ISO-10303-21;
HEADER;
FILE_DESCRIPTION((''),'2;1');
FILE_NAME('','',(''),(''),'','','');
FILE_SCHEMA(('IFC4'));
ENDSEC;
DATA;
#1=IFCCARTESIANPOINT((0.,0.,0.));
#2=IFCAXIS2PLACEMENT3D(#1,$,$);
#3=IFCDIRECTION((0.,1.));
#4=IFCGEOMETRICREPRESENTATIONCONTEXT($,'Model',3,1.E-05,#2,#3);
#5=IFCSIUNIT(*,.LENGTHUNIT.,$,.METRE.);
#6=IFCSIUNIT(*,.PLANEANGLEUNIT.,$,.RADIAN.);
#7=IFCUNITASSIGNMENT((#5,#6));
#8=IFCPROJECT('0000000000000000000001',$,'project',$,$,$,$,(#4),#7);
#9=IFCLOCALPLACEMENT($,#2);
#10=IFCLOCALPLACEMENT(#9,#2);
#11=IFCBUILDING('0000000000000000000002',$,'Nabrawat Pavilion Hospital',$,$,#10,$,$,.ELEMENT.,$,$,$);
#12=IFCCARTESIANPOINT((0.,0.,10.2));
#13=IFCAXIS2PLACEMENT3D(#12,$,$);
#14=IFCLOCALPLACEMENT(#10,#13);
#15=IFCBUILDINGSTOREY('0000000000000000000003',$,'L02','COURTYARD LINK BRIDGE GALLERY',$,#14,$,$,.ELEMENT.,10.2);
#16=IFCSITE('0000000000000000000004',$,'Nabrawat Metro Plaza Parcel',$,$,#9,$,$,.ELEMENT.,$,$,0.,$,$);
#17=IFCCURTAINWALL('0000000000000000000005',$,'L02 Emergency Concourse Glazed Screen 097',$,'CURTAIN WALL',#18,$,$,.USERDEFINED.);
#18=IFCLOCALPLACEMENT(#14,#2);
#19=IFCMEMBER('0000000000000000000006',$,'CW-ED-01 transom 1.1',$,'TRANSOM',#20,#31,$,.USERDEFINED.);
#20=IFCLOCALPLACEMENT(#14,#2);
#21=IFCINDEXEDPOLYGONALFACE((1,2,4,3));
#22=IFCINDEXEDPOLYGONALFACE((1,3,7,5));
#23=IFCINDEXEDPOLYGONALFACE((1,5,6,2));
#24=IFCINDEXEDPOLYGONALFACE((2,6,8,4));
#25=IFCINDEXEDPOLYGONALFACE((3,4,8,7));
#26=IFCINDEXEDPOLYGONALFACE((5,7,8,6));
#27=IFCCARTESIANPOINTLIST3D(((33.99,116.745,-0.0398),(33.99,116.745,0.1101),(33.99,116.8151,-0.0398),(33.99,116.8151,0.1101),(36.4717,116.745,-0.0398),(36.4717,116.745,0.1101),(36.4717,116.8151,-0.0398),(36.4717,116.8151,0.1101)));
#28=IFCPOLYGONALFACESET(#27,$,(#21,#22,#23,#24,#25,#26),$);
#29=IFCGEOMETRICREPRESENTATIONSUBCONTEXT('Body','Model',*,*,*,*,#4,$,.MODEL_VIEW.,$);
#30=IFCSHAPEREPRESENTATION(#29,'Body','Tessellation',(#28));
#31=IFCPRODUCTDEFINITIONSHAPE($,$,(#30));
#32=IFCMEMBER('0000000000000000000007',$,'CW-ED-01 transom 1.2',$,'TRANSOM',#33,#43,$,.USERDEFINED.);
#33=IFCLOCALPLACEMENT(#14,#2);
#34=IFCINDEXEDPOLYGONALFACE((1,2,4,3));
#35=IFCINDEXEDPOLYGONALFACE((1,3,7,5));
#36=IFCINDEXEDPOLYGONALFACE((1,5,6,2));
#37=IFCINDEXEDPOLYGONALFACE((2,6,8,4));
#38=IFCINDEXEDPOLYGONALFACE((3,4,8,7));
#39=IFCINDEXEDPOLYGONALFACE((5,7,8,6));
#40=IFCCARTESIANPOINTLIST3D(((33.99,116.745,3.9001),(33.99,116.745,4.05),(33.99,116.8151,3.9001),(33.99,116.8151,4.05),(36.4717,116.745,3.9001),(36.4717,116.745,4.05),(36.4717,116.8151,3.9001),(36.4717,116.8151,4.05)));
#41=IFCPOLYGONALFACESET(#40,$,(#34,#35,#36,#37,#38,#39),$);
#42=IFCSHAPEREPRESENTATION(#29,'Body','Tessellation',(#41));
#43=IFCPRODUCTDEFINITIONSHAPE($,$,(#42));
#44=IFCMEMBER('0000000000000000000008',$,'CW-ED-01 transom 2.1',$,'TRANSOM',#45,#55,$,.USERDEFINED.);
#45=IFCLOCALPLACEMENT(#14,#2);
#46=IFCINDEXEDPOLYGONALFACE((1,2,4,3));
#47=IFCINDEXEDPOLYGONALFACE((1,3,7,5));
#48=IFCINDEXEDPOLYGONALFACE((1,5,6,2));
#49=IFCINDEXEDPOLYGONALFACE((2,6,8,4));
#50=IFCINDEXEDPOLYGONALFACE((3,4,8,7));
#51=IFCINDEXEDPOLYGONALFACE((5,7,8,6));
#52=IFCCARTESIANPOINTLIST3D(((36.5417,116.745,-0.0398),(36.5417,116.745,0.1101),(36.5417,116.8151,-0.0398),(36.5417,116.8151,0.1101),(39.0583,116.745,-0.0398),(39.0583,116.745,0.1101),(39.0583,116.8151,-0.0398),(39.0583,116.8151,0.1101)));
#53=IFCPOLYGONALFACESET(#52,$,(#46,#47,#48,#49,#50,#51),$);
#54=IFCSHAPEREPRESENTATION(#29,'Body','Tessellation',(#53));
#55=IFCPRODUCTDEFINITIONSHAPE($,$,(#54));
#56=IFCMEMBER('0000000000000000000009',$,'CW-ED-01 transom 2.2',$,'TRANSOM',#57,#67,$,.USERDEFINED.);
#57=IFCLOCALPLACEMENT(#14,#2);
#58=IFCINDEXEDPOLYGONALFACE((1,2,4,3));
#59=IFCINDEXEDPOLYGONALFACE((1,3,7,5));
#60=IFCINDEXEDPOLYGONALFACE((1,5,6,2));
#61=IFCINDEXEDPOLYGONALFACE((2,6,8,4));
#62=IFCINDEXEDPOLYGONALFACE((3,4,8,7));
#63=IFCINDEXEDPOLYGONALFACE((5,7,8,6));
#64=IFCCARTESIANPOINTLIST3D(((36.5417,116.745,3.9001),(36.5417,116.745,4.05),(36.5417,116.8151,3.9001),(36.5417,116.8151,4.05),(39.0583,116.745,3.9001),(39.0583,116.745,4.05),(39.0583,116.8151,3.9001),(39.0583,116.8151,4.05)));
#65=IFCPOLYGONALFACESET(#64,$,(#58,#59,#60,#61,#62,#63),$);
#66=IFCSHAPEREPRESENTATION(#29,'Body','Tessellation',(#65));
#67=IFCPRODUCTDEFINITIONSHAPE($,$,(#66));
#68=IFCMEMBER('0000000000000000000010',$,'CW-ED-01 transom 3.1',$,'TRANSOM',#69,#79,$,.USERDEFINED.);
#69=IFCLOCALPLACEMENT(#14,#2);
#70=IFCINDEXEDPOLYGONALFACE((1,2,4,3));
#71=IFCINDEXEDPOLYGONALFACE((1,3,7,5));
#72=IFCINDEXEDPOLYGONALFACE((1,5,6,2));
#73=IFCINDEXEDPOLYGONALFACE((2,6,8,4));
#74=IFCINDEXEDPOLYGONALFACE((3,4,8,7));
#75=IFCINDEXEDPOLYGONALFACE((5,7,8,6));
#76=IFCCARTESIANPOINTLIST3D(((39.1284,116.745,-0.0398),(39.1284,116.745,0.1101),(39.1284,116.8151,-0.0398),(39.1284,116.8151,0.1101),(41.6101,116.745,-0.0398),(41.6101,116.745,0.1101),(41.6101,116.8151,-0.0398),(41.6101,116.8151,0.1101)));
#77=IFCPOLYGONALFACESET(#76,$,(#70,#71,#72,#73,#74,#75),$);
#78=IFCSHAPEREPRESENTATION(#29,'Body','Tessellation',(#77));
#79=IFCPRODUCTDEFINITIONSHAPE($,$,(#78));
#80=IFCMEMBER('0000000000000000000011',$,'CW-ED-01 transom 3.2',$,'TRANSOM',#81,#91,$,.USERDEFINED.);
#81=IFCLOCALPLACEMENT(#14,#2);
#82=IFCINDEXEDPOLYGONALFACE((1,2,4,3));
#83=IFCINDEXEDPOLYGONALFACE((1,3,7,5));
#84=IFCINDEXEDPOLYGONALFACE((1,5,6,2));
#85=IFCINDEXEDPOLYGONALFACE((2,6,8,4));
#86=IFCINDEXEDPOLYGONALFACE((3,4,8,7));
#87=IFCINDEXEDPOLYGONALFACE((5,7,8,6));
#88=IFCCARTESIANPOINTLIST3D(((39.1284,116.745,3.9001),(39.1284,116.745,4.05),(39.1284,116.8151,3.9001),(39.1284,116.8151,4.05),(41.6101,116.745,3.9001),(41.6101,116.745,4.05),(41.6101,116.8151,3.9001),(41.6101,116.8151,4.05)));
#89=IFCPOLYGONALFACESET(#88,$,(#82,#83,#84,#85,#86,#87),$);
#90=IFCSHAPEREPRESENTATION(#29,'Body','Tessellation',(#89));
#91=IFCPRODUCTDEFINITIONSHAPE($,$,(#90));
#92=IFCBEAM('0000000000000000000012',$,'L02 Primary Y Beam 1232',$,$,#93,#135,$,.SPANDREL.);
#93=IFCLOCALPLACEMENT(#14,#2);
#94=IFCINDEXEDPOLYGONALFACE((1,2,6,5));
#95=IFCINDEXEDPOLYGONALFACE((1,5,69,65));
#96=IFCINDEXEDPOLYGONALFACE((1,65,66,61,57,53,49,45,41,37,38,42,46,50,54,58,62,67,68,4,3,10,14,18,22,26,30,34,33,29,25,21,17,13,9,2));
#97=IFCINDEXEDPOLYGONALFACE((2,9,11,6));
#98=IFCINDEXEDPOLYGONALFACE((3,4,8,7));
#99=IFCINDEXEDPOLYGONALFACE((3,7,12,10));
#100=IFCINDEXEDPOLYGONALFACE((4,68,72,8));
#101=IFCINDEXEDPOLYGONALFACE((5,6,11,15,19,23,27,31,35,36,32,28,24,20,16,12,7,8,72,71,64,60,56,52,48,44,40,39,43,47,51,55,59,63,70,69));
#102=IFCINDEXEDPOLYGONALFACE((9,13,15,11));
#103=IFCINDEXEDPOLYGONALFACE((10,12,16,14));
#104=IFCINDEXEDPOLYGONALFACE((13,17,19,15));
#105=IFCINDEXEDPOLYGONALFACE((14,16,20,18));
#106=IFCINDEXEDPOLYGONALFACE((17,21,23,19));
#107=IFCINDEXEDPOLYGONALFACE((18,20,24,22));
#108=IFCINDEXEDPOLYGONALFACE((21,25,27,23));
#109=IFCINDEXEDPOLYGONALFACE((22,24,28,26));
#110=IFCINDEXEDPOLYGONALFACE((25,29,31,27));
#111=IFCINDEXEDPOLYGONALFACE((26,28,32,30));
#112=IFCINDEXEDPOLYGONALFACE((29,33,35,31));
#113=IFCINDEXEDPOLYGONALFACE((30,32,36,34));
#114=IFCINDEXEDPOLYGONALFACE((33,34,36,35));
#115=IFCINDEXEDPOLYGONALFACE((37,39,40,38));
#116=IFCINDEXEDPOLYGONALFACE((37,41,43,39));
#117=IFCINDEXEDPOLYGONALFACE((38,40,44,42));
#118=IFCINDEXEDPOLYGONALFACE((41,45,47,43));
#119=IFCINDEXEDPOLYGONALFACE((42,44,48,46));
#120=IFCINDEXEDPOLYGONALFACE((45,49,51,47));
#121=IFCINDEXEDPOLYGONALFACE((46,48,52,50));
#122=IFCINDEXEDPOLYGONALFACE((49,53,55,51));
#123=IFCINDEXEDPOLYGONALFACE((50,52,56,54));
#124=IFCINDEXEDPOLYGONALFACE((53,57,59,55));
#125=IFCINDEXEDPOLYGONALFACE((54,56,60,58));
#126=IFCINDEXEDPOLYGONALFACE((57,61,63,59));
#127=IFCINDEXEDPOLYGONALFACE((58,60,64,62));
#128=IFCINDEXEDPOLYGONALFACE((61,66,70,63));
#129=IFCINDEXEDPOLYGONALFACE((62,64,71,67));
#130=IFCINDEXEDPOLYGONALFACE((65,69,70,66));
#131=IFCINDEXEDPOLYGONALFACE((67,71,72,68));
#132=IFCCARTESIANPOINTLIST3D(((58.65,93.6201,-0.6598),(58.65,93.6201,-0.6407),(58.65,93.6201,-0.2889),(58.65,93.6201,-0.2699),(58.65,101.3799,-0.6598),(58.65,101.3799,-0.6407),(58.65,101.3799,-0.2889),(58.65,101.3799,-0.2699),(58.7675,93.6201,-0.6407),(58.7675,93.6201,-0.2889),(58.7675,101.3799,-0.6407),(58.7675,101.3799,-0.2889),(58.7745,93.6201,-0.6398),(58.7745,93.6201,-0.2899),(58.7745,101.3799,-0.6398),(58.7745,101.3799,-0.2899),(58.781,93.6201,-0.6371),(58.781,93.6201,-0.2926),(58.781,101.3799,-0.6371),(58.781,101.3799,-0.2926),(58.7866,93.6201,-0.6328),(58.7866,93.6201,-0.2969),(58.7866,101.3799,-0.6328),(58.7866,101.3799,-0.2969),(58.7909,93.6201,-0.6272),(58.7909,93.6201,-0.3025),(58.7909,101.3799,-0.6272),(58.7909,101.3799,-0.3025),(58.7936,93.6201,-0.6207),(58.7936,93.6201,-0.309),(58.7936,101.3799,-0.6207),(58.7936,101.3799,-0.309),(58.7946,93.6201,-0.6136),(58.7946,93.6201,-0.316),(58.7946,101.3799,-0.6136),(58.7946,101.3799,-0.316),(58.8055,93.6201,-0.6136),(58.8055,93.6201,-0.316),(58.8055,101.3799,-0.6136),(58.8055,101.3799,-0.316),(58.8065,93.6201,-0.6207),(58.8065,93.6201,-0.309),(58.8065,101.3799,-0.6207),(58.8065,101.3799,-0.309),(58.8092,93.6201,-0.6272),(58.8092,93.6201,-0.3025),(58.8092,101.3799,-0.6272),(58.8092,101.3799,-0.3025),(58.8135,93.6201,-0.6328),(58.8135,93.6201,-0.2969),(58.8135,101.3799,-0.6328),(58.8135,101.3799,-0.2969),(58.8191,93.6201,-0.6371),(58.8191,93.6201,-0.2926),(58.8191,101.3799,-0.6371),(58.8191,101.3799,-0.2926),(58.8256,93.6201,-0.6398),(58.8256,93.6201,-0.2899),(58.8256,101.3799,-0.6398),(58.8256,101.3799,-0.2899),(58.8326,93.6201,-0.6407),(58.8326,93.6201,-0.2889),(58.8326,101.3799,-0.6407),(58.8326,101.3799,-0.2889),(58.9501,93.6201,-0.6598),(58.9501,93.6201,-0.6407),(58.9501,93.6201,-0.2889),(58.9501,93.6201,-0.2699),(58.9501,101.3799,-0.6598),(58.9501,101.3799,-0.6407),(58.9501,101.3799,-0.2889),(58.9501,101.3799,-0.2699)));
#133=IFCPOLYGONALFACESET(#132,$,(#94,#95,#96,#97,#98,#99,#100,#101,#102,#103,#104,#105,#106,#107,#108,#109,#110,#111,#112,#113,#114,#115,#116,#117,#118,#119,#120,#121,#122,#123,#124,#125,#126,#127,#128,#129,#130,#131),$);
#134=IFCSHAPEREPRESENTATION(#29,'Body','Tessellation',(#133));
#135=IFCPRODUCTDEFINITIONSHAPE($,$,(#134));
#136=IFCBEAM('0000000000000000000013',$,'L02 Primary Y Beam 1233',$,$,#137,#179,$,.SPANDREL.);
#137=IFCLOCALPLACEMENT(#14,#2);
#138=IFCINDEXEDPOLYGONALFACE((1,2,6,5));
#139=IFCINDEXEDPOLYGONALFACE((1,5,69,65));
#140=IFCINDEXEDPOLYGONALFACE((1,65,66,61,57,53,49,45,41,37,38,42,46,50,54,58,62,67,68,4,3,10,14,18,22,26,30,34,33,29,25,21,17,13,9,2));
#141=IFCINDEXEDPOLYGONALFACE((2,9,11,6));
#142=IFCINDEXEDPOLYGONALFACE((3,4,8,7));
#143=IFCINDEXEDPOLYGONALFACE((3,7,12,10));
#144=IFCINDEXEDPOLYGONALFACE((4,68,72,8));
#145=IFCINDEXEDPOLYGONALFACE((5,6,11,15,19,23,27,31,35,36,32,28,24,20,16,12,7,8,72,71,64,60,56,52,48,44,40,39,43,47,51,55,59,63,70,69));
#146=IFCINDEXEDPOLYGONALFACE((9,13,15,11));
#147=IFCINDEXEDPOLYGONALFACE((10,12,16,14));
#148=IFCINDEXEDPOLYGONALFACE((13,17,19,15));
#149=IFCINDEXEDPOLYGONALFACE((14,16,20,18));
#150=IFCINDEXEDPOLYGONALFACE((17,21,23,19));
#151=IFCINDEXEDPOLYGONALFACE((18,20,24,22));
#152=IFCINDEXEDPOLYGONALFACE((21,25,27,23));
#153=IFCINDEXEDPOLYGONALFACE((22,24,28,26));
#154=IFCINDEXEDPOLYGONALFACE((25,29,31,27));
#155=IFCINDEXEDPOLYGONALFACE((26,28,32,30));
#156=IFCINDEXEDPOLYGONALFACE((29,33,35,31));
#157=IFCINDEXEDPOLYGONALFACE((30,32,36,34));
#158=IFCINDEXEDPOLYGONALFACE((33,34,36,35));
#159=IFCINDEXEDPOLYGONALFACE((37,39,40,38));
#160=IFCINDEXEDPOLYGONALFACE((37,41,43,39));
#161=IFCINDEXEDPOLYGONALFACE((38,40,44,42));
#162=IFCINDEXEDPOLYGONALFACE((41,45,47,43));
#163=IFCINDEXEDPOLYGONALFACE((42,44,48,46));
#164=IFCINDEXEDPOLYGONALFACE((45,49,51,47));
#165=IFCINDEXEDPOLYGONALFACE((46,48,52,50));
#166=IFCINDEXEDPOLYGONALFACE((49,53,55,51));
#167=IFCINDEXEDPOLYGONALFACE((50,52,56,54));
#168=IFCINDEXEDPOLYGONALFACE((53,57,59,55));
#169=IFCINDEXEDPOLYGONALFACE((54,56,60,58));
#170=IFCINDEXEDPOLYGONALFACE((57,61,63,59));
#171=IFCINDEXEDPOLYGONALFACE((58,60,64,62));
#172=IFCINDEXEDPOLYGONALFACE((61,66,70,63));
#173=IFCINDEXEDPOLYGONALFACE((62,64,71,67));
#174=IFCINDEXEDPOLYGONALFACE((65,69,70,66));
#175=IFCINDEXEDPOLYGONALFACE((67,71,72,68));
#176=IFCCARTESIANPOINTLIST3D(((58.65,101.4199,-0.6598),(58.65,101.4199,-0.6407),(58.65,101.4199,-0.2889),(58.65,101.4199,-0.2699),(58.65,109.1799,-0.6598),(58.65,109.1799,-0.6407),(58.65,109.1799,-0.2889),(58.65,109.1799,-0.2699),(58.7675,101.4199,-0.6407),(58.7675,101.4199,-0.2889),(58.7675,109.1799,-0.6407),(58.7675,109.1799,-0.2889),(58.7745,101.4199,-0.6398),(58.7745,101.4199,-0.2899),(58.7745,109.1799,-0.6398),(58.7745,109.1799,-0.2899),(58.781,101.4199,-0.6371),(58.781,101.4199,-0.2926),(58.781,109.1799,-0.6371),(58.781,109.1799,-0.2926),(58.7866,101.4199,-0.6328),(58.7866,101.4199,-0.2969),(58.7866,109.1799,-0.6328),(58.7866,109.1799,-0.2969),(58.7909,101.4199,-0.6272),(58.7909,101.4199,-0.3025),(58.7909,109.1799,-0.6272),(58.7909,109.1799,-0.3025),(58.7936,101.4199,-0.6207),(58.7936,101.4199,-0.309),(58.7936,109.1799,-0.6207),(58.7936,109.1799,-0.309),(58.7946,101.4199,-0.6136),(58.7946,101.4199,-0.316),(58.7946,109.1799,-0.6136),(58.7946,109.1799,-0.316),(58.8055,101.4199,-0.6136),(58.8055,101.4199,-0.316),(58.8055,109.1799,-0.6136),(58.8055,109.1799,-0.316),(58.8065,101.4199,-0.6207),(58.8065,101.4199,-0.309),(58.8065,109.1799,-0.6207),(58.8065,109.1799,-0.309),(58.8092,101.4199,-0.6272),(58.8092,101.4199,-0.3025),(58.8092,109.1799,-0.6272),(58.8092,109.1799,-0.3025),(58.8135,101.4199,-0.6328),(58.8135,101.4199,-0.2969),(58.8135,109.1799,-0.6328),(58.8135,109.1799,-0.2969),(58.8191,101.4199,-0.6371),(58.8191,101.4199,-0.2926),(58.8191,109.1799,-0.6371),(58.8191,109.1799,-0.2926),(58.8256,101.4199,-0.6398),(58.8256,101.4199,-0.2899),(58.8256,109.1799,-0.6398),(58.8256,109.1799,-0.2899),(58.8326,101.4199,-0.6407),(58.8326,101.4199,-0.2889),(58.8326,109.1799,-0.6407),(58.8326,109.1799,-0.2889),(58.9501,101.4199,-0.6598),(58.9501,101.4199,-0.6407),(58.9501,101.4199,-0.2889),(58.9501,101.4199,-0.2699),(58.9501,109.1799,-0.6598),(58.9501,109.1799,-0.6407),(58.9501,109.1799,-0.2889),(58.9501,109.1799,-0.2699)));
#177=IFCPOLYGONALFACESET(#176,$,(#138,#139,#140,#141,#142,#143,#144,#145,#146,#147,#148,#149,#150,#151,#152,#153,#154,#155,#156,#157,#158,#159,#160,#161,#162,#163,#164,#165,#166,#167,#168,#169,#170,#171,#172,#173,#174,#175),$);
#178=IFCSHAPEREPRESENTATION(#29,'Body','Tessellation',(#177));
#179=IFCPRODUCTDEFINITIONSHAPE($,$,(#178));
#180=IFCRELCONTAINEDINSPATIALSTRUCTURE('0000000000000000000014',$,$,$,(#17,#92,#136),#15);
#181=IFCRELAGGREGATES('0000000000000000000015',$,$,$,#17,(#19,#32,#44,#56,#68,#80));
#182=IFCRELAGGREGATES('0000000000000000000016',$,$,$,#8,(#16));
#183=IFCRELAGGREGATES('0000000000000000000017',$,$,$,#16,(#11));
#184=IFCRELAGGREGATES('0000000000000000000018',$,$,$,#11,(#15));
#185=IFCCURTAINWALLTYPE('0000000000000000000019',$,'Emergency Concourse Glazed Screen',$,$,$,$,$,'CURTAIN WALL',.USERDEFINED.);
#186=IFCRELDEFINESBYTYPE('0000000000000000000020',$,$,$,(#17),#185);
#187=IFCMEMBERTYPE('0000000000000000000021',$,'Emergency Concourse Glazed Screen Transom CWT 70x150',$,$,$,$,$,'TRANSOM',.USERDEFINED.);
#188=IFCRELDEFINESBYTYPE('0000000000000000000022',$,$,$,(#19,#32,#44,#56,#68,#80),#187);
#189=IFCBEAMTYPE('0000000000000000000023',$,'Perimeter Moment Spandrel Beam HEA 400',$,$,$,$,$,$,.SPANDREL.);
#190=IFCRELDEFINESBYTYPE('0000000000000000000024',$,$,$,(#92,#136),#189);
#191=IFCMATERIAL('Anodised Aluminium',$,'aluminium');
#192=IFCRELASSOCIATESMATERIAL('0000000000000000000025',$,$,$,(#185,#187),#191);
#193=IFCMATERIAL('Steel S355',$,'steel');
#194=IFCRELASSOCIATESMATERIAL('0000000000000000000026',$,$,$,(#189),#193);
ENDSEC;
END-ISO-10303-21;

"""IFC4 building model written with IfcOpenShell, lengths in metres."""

from ifc_helpers import new_model, si_unit, direction, frame, origin, origin_2d, place, context, subcontext, project, spatial, rectangle, i_section, extrude, material, material_profile, profile_set, type_object, element, aggregate, save


model = new_model("IFC4")

# Units and contexts
model_context = context("Model", 3, precision=1e-05, world=origin(), true_north=direction((0.0, 1.0)))
body_context = subcontext(model_context, "Body", "Model", "MODEL_VIEW")
ifc_project = project(units=[si_unit("LENGTHUNIT", "METRE"), si_unit("PLANEANGLEUNIT", "RADIAN")], contexts=[model_context])

# Site, building, storey
site_placement = place(None, origin())
site = spatial("IfcSite", under=ifc_project, at=site_placement, Name="Nabrawat Metro Plaza Parcel", CompositionType="ELEMENT", RefElevation=0.0)
building_placement = place(site_placement, origin())
building = spatial("IfcBuilding", under=site, at=building_placement, Name="Nabrawat Pavilion Hospital", CompositionType="ELEMENT")
storey_placement = place(building_placement, frame((0.0, 0.0, 10.2)))
storey = spatial("IfcBuildingStorey", under=building, at=storey_placement, Name="L02", Description="COURTYARD LINK BRIDGE GALLERY", CompositionType="ELEMENT", Elevation=10.2)

# Shared definitions
ifc_material_1 = material(Name="Steel S355", Category="steel")

# Curtain wall, members
ifc_material_2 = material(Name="Anodised Aluminium", Category="aluminium")
curtain_wall_type = type_object("IfcCurtainWallType", Name="Emergency Concourse Glazed Screen", ElementType="CURTAIN WALL", PredefinedType="USERDEFINED", material=ifc_material_2)
curtain_wall_placement = place(storey_placement, origin())
curtain_wall = element("IfcCurtainWall", 1, at=curtain_wall_placement, inside=storey, type_object=curtain_wall_type, Name="L02 Emergency Concourse Glazed Screen 097", ObjectType="CURTAIN WALL", PredefinedType="USERDEFINED")
ifc_material_profile_1 = material_profile(ifc_material_2, rectangle(XDim=0.0701, YDim=0.1499, at=origin_2d()), Name="CWT 70x150")
ifc_profile_set_1 = profile_set([ifc_material_profile_1], Name="Anodised Aluminium")
member_type_1 = type_object("IfcMemberType", Name="Emergency Concourse Glazed Screen Transom CWT 70x150", ElementType="TRANSOM", PredefinedType="USERDEFINED", material=ifc_profile_set_1)
member_1_placement = place(storey_placement, frame((33.99, 116.78, 0.0352), z_axis=(1.0, 0.0, 0.0), x_axis=(0.0, 1.0, 0.0)))
member_1 = element("IfcMember", 2, at=member_1_placement, type_object=member_type_1, Name="CW-ED-01 transom 1.1", ObjectType="TRANSOM", PredefinedType="USERDEFINED", context=body_context, shape_type="SweptSolid", body=[
    extrude(rectangle(XDim=0.0701, YDim=0.1499, at=origin_2d()), origin(), (0.0, 0.0, 1.0), 2.4817),
])
member_2_placement = place(storey_placement, frame((33.99, 116.78, 3.9751), z_axis=(1.0, 0.0, 0.0), x_axis=(0.0, 1.0, 0.0)))
member_2 = element("IfcMember", 3, at=member_2_placement, type_object=member_type_1, Name="CW-ED-01 transom 1.2", ObjectType="TRANSOM", PredefinedType="USERDEFINED", context=body_context, shape_type="SweptSolid", body=[
    extrude(rectangle(XDim=0.0701, YDim=0.1499, at=origin_2d()), origin(), (0.0, 0.0, 1.0), 2.4817),
])
member_3_placement = place(storey_placement, frame((36.5417, 116.78, 0.0352), z_axis=(1.0, 0.0, 0.0), x_axis=(0.0, 1.0, 0.0)))
member_3 = element("IfcMember", 4, at=member_3_placement, type_object=member_type_1, Name="CW-ED-01 transom 2.1", ObjectType="TRANSOM", PredefinedType="USERDEFINED", context=body_context, shape_type="SweptSolid", body=[
    extrude(rectangle(XDim=0.0701, YDim=0.1499, at=origin_2d()), origin(), (0.0, 0.0, 1.0), 2.5166),
])
member_4_placement = place(storey_placement, frame((36.5417, 116.78, 3.9751), z_axis=(1.0, 0.0, 0.0), x_axis=(0.0, 1.0, 0.0)))
member_4 = element("IfcMember", 5, at=member_4_placement, type_object=member_type_1, Name="CW-ED-01 transom 2.2", ObjectType="TRANSOM", PredefinedType="USERDEFINED", context=body_context, shape_type="SweptSolid", body=[
    extrude(rectangle(XDim=0.0701, YDim=0.1499, at=origin_2d()), origin(), (0.0, 0.0, 1.0), 2.5166),
])
member_5_placement = place(storey_placement, frame((39.1284, 116.78, 0.0352), z_axis=(1.0, 0.0, 0.0), x_axis=(0.0, 1.0, 0.0)))
member_5 = element("IfcMember", 6, at=member_5_placement, type_object=member_type_1, Name="CW-ED-01 transom 3.1", ObjectType="TRANSOM", PredefinedType="USERDEFINED", context=body_context, shape_type="SweptSolid", body=[
    extrude(rectangle(XDim=0.0701, YDim=0.1499, at=origin_2d()), origin(), (0.0, 0.0, 1.0), 2.4817),
])
member_6_placement = place(storey_placement, frame((39.1284, 116.78, 3.9751), z_axis=(1.0, 0.0, 0.0), x_axis=(0.0, 1.0, 0.0)))
member_6 = element("IfcMember", 7, at=member_6_placement, type_object=member_type_1, Name="CW-ED-01 transom 3.2", ObjectType="TRANSOM", PredefinedType="USERDEFINED", context=body_context, shape_type="SweptSolid", body=[
    extrude(rectangle(XDim=0.0701, YDim=0.1499, at=origin_2d()), origin(), (0.0, 0.0, 1.0), 2.4817),
])

# Beams
ifc_material_profile_2 = material_profile(ifc_material_1, i_section(OverallWidth=0.3, OverallDepth=0.3899, WebThickness=0.011, FlangeThickness=0.019, FilletRadius=0.0271, at=origin_2d()), Name="HEA 400")
ifc_profile_set_2 = profile_set([ifc_material_profile_2], Name="Steel S355")
beam_type_1 = type_object("IfcBeamType", Name="Perimeter Moment Spandrel Beam HEA 400", PredefinedType="SPANDREL", material=ifc_profile_set_2)
beam_1_placement = place(storey_placement, frame((58.8, 93.6201, -0.4648), z_axis=(0.0, 1.0, 0.0), x_axis=(-1.0, 0.0, 0.0)))
element("IfcBeam", 8, at=beam_1_placement, inside=storey, type_object=beam_type_1, Name="L02 Primary Y Beam 1232", PredefinedType="SPANDREL", context=body_context, shape_type="SweptSolid", body=[
    extrude(i_section(OverallWidth=0.3, OverallDepth=0.3899, WebThickness=0.011, FlangeThickness=0.019, FilletRadius=0.0271, at=origin_2d()), origin(), (0.0, 0.0, 1.0), 7.7598),
])
beam_2_placement = place(storey_placement, frame((58.8, 101.4199, -0.4648), z_axis=(0.0, 1.0, 0.0), x_axis=(-1.0, 0.0, 0.0)))
element("IfcBeam", 9, at=beam_2_placement, inside=storey, type_object=beam_type_1, Name="L02 Primary Y Beam 1233", PredefinedType="SPANDREL", context=body_context, shape_type="SweptSolid", body=[
    extrude(i_section(OverallWidth=0.3, OverallDepth=0.3899, WebThickness=0.011, FlangeThickness=0.019, FilletRadius=0.0271, at=origin_2d()), origin(), (0.0, 0.0, 1.0), 7.76),
])

aggregate(curtain_wall, [member_1, member_2, member_3, member_4, member_5, member_6])

save(model, "model.ifc")
